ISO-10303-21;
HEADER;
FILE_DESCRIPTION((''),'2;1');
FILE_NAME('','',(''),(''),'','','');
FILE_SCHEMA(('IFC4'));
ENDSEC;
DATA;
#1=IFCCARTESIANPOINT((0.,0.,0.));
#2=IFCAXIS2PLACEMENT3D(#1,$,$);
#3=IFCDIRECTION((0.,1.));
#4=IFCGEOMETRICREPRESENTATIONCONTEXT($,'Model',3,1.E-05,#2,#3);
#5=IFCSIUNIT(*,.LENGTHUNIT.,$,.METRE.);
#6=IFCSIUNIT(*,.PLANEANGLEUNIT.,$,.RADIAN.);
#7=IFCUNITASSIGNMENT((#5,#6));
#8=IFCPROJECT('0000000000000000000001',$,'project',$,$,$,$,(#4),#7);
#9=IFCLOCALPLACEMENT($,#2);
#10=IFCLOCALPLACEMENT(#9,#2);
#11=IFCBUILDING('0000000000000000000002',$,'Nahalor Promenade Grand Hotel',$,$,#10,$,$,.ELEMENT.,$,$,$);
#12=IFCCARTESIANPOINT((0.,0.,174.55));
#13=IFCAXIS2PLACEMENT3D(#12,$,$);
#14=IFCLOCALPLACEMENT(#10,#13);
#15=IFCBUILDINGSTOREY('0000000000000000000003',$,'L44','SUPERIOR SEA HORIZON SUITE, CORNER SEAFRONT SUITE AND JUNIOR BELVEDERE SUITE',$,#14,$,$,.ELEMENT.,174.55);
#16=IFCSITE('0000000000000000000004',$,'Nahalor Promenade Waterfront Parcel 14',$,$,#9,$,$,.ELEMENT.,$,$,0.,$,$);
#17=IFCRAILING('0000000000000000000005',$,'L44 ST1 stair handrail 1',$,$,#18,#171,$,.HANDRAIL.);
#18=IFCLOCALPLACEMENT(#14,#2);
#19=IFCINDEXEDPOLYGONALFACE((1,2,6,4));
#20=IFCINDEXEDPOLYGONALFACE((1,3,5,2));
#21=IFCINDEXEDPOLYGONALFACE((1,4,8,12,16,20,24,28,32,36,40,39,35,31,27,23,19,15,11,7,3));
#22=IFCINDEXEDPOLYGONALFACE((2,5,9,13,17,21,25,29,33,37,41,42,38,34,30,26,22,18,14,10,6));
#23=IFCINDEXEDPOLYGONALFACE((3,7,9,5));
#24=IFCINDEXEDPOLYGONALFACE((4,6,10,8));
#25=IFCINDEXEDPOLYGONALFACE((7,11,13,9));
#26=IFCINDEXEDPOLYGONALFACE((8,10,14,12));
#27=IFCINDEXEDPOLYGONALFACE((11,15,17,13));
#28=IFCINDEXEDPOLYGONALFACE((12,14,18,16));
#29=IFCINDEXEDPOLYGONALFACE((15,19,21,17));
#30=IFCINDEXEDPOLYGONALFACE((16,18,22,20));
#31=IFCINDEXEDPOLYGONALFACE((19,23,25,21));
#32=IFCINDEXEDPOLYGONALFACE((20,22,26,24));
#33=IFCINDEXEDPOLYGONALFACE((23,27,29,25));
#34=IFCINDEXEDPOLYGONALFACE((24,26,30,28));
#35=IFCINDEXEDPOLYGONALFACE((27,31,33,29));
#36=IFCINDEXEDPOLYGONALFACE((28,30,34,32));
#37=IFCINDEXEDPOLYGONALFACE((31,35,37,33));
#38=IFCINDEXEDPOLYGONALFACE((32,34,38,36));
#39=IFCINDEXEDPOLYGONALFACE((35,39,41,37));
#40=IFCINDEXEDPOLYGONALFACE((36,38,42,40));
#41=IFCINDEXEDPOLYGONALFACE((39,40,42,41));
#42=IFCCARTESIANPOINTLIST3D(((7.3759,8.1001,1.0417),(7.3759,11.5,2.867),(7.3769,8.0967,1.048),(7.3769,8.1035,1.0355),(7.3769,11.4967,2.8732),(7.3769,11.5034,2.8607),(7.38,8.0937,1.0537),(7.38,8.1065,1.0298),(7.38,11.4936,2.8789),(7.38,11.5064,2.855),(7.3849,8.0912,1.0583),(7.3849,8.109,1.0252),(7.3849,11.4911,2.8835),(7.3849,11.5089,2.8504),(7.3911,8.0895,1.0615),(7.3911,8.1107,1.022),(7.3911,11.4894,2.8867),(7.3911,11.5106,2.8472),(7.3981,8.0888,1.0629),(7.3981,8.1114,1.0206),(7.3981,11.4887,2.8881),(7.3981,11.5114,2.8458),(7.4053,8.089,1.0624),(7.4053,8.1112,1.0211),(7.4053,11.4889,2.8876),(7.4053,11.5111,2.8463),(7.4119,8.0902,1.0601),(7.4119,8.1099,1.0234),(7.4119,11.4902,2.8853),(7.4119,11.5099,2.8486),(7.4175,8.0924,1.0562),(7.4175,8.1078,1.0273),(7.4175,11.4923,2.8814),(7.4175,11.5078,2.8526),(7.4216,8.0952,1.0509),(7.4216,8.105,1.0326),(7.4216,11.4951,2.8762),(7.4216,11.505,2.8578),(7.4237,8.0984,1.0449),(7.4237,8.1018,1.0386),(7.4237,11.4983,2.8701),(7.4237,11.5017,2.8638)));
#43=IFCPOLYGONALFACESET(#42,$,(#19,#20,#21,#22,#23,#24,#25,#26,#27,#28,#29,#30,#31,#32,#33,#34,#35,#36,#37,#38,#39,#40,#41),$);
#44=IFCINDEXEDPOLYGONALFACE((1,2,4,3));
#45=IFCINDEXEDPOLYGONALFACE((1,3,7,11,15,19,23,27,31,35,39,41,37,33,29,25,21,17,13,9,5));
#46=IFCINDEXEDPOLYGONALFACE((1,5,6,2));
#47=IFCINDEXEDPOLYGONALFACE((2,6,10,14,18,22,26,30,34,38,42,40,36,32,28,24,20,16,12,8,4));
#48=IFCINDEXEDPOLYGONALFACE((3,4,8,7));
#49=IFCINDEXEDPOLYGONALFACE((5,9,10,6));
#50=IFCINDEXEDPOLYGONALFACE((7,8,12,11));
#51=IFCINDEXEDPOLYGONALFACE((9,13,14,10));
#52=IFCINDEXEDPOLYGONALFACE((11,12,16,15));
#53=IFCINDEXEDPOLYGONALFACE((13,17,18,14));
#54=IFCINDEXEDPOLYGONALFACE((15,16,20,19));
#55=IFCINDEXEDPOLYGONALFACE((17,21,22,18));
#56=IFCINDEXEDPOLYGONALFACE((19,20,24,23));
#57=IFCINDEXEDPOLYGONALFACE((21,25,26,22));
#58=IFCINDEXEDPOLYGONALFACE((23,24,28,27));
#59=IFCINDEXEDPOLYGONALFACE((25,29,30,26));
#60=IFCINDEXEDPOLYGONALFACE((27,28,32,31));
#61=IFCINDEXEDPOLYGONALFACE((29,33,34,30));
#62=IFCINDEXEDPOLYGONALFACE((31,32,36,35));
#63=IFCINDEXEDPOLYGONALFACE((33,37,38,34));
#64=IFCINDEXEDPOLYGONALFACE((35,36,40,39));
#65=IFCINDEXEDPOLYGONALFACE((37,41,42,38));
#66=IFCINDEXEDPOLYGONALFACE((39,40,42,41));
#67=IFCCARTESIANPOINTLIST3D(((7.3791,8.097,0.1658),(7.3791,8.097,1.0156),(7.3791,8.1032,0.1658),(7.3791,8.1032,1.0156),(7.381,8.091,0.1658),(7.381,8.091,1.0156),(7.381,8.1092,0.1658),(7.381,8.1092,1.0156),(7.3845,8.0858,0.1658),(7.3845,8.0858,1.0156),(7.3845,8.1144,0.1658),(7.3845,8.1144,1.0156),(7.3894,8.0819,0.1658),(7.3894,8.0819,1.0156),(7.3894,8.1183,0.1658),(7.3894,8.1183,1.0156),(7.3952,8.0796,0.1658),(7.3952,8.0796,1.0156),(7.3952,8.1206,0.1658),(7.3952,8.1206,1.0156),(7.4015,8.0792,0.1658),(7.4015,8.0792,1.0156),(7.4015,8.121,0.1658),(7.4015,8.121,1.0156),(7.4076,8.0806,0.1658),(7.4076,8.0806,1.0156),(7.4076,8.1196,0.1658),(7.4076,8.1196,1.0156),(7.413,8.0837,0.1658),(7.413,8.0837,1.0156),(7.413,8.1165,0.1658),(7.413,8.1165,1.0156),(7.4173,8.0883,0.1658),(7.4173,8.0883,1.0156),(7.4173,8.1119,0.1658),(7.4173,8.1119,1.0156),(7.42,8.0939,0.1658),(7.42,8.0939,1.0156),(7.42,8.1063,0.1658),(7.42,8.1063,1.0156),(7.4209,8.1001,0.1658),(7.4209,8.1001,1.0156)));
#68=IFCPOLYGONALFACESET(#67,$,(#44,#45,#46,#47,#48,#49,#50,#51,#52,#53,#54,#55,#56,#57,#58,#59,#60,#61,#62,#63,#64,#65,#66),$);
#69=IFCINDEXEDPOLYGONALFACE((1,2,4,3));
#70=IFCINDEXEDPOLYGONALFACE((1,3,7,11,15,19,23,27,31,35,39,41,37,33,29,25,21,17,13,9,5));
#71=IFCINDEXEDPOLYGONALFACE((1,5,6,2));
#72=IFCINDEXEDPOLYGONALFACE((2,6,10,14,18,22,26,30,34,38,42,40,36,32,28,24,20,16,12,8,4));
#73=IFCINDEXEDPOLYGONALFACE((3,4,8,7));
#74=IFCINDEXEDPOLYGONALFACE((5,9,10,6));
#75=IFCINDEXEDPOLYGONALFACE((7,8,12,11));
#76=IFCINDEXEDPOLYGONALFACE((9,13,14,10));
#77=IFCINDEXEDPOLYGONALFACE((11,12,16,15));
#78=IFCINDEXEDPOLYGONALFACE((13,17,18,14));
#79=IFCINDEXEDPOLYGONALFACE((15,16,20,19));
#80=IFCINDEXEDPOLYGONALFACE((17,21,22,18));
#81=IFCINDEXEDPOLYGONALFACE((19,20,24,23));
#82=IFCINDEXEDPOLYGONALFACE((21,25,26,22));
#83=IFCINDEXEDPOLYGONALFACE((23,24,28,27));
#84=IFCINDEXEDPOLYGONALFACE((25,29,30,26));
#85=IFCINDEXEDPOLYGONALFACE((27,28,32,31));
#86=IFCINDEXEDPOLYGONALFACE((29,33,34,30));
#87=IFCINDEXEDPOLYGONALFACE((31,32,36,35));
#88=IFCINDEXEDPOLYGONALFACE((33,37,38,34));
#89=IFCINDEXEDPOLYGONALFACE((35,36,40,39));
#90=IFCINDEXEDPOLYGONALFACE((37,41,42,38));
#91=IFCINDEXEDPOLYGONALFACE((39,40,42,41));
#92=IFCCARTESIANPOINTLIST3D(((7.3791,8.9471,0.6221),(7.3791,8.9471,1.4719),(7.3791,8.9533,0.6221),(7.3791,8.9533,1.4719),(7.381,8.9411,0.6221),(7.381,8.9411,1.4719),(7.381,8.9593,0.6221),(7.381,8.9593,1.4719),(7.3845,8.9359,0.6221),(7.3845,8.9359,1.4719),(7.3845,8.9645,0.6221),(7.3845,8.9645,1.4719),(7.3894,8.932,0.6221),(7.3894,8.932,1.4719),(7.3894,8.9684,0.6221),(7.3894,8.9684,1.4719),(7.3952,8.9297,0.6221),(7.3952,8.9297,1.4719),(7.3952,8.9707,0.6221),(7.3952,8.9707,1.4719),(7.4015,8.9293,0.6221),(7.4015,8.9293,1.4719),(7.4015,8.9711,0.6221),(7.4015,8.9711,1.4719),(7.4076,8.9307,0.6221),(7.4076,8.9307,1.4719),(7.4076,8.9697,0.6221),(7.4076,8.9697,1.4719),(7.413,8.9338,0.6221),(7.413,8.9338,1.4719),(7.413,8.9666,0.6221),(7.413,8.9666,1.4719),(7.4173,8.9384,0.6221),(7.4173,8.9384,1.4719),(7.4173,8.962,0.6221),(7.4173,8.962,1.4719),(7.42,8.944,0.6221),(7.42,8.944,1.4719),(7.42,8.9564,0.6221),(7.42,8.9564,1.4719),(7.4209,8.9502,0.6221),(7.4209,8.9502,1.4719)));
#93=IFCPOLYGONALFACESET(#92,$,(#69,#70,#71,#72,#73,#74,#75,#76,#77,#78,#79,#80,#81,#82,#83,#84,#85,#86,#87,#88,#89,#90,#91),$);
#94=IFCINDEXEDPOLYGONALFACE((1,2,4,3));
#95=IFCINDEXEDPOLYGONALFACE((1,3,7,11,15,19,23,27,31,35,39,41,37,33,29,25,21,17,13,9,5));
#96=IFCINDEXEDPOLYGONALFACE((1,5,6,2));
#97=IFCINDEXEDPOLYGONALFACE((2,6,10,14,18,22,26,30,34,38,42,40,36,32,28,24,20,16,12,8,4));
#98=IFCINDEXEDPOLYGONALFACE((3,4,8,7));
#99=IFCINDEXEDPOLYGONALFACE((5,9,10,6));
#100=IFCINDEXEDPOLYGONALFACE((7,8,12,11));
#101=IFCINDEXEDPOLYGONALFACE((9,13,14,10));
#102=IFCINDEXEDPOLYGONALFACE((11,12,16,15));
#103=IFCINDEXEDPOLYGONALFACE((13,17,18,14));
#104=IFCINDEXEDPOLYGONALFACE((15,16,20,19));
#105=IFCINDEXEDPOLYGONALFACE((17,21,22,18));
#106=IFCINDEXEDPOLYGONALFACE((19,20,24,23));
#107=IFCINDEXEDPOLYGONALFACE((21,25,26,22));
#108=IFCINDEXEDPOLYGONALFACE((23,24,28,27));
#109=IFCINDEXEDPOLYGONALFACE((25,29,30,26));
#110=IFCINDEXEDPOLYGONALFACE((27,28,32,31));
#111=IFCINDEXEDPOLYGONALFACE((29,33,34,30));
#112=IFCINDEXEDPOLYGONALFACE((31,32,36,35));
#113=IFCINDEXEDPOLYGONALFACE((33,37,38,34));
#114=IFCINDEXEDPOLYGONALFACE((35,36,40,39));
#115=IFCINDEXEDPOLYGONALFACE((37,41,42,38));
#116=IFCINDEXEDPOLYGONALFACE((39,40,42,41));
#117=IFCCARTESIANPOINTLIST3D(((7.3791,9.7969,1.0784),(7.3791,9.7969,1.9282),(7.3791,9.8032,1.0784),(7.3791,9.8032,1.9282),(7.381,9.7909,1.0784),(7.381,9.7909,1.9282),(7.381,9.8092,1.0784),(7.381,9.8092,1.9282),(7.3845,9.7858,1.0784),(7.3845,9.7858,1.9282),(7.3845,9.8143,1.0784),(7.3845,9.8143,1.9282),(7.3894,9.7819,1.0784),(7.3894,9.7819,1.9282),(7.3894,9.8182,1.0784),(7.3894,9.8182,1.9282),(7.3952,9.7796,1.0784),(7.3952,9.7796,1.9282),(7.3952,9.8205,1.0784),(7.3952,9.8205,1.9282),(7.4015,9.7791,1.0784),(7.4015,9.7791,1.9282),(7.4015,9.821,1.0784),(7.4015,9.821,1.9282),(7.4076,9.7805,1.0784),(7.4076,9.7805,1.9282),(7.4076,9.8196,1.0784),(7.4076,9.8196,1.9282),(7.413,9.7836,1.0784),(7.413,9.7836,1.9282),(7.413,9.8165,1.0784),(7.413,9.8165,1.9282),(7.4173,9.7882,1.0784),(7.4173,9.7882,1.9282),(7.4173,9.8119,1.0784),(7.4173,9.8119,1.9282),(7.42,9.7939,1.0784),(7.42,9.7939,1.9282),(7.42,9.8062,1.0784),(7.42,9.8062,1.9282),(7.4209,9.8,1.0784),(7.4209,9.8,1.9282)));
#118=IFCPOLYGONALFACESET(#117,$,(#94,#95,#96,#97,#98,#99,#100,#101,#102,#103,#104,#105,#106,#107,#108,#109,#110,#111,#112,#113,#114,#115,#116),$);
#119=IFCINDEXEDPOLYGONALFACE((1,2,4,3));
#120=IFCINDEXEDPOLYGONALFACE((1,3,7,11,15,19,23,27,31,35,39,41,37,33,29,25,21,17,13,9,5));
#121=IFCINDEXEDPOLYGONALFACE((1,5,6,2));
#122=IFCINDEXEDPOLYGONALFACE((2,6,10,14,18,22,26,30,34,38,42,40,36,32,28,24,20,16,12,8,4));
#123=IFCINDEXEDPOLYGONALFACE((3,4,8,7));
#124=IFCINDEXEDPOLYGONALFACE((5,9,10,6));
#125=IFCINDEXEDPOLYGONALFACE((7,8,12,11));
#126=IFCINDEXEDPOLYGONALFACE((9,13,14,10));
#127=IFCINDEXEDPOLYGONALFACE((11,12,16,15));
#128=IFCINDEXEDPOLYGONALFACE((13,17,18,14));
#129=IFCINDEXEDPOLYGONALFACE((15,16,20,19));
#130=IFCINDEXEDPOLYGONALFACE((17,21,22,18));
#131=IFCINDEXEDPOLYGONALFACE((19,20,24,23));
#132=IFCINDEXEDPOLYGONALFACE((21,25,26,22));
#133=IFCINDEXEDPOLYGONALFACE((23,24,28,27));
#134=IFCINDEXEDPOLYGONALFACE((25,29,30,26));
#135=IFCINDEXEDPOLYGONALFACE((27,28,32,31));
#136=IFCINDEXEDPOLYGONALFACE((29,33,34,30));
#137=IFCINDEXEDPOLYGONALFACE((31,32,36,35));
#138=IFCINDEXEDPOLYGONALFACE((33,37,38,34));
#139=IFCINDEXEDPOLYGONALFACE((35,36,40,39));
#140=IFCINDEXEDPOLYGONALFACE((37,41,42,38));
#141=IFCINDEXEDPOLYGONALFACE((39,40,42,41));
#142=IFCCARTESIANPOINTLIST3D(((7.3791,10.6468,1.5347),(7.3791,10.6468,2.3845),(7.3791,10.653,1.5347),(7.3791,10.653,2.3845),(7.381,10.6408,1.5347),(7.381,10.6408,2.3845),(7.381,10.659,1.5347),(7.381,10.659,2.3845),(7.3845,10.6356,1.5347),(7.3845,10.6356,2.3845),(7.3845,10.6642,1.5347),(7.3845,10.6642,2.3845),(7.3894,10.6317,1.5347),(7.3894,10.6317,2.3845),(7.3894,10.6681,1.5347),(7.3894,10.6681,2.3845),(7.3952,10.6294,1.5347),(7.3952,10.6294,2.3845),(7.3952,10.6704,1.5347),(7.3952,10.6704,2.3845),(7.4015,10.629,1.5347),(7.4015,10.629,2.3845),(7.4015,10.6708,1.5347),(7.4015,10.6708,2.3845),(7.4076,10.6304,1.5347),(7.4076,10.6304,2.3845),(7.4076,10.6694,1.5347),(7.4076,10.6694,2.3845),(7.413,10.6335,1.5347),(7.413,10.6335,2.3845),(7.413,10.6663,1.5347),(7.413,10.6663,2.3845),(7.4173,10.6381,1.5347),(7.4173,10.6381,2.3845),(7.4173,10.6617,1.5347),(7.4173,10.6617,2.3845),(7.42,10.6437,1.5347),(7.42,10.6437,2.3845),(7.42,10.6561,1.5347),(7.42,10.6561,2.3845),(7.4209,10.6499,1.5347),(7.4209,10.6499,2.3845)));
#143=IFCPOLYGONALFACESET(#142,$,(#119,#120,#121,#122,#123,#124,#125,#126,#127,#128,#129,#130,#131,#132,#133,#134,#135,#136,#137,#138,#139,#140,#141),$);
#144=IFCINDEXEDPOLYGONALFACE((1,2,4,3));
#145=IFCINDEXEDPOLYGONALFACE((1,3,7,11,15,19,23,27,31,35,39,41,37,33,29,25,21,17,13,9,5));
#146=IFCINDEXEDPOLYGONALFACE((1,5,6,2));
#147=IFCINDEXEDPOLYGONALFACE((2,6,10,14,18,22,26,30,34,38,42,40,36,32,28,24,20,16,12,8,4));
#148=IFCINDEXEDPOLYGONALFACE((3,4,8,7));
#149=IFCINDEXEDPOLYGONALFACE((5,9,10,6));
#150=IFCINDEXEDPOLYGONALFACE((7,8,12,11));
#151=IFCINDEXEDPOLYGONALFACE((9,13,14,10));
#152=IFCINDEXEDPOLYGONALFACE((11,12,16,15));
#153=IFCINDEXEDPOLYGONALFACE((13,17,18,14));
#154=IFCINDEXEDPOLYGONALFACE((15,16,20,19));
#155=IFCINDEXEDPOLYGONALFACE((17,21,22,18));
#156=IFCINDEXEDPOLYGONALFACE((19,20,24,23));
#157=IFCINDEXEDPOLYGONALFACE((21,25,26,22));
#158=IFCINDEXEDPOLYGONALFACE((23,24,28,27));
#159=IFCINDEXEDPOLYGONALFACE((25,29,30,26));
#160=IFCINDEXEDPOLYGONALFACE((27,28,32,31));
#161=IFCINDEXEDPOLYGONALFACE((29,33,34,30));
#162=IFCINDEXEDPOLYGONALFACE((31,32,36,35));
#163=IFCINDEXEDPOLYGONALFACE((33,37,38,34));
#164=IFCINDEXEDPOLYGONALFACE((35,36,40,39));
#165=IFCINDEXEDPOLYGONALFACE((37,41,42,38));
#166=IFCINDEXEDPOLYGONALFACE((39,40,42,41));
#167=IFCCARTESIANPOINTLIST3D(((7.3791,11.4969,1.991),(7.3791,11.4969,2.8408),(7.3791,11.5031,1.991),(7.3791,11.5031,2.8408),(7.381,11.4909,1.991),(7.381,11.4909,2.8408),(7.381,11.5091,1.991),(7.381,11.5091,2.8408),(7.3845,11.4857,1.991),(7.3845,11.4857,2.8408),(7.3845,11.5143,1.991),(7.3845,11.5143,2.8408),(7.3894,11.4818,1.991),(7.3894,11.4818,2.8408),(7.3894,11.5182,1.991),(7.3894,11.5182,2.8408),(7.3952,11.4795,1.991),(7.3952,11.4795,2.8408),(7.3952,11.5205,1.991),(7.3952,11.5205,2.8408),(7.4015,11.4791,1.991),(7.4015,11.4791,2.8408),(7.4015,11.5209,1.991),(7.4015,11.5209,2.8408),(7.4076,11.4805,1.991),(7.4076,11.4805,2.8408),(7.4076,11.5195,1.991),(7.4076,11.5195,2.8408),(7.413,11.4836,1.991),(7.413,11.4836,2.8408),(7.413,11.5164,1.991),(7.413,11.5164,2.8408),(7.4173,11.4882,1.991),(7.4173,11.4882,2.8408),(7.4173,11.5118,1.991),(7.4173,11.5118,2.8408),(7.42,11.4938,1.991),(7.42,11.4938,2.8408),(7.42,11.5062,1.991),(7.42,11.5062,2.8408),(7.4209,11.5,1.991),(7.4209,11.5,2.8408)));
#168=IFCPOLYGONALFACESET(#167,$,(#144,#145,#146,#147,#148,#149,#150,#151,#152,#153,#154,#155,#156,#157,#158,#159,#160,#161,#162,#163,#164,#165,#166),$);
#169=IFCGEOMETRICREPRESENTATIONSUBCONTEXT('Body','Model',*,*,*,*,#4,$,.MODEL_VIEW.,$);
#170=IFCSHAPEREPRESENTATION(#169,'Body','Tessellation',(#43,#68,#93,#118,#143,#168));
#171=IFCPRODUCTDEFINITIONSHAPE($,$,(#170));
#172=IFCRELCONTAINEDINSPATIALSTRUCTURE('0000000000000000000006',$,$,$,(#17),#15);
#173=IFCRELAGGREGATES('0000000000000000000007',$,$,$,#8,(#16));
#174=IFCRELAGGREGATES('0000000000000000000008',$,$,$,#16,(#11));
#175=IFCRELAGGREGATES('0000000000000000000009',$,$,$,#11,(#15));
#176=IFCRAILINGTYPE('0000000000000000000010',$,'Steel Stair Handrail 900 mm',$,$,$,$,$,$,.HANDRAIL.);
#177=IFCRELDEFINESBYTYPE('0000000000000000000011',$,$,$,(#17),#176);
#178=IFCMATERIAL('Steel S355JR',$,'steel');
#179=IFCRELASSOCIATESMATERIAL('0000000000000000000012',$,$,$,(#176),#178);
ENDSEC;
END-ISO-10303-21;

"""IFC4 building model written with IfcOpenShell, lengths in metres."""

from ifc_helpers import new_model, si_unit, direction, frame, origin, origin_2d, place, context, subcontext, project, spatial, circle, extrude, material, type_object, element, save


model = new_model("IFC4")

# Units and contexts
model_context = context("Model", 3, precision=1e-05, world=origin(), true_north=direction((0.0, 1.0)))
body_context = subcontext(model_context, "Body", "Model", "MODEL_VIEW")
ifc_project = project(units=[si_unit("LENGTHUNIT", "METRE"), si_unit("PLANEANGLEUNIT", "RADIAN")], contexts=[model_context])

# Site, building, storey
site_placement = place(None, origin())
site = spatial("IfcSite", under=ifc_project, at=site_placement, Name="Nahalor Promenade Waterfront Parcel 14", CompositionType="ELEMENT", RefElevation=0.0)
building_placement = place(site_placement, origin())
building = spatial("IfcBuilding", under=site, at=building_placement, Name="Nahalor Promenade Grand Hotel", CompositionType="ELEMENT")
storey_placement = place(building_placement, frame((0.0, 0.0, 174.55)))
storey = spatial("IfcBuildingStorey", under=building, at=storey_placement, Name="L44", Description="SUPERIOR SEA HORIZON SUITE, CORNER SEAFRONT SUITE AND JUNIOR BELVEDERE SUITE", CompositionType="ELEMENT", Elevation=174.55)

# Shared definitions
ifc_material_1 = material(Name="Steel S355JR", Category="steel")

# Railing
railing_type_1 = type_object("IfcRailingType", Name="Steel Stair Handrail 900 mm", PredefinedType="HANDRAIL", material=ifc_material_1)
railing_1_placement = place(storey_placement, frame((7.3999, 8.1001, 0.1658)))
element("IfcRailing", 1, at=railing_1_placement, inside=storey, type_object=railing_type_1, Name="L44 ST1 stair handrail 1", PredefinedType="HANDRAIL", context=body_context, shape_type="SweptSolid", body=[
    extrude(circle(Radius=0.024, at=origin_2d()), frame((0.0, 0.0, 0.876), z_axis=(0.0, 0.881068, 0.47299), x_axis=(-1.0, 0.0, 0.0)), (0.0, 0.0, 1.0), 3.8589),
    extrude(circle(Radius=0.021, at=origin_2d()), origin(), (0.0, 0.0, 1.0), 0.8499),
    extrude(circle(Radius=0.021, at=origin_2d()), frame((0.0, 0.8501, 0.4563)), (0.0, 0.0, 1.0), 0.8499),
    extrude(circle(Radius=0.021, at=origin_2d()), frame((0.0, 1.7, 0.9126)), (0.0, 0.0, 1.0), 0.8499),
    extrude(circle(Radius=0.021, at=origin_2d()), frame((0.0, 2.5498, 1.3689)), (0.0, 0.0, 1.0), 0.8499),
    extrude(circle(Radius=0.021, at=origin_2d()), frame((0.0, 3.3999, 1.8252)), (0.0, 0.0, 1.0), 0.8499),
])

save(model, "model.ifc")
